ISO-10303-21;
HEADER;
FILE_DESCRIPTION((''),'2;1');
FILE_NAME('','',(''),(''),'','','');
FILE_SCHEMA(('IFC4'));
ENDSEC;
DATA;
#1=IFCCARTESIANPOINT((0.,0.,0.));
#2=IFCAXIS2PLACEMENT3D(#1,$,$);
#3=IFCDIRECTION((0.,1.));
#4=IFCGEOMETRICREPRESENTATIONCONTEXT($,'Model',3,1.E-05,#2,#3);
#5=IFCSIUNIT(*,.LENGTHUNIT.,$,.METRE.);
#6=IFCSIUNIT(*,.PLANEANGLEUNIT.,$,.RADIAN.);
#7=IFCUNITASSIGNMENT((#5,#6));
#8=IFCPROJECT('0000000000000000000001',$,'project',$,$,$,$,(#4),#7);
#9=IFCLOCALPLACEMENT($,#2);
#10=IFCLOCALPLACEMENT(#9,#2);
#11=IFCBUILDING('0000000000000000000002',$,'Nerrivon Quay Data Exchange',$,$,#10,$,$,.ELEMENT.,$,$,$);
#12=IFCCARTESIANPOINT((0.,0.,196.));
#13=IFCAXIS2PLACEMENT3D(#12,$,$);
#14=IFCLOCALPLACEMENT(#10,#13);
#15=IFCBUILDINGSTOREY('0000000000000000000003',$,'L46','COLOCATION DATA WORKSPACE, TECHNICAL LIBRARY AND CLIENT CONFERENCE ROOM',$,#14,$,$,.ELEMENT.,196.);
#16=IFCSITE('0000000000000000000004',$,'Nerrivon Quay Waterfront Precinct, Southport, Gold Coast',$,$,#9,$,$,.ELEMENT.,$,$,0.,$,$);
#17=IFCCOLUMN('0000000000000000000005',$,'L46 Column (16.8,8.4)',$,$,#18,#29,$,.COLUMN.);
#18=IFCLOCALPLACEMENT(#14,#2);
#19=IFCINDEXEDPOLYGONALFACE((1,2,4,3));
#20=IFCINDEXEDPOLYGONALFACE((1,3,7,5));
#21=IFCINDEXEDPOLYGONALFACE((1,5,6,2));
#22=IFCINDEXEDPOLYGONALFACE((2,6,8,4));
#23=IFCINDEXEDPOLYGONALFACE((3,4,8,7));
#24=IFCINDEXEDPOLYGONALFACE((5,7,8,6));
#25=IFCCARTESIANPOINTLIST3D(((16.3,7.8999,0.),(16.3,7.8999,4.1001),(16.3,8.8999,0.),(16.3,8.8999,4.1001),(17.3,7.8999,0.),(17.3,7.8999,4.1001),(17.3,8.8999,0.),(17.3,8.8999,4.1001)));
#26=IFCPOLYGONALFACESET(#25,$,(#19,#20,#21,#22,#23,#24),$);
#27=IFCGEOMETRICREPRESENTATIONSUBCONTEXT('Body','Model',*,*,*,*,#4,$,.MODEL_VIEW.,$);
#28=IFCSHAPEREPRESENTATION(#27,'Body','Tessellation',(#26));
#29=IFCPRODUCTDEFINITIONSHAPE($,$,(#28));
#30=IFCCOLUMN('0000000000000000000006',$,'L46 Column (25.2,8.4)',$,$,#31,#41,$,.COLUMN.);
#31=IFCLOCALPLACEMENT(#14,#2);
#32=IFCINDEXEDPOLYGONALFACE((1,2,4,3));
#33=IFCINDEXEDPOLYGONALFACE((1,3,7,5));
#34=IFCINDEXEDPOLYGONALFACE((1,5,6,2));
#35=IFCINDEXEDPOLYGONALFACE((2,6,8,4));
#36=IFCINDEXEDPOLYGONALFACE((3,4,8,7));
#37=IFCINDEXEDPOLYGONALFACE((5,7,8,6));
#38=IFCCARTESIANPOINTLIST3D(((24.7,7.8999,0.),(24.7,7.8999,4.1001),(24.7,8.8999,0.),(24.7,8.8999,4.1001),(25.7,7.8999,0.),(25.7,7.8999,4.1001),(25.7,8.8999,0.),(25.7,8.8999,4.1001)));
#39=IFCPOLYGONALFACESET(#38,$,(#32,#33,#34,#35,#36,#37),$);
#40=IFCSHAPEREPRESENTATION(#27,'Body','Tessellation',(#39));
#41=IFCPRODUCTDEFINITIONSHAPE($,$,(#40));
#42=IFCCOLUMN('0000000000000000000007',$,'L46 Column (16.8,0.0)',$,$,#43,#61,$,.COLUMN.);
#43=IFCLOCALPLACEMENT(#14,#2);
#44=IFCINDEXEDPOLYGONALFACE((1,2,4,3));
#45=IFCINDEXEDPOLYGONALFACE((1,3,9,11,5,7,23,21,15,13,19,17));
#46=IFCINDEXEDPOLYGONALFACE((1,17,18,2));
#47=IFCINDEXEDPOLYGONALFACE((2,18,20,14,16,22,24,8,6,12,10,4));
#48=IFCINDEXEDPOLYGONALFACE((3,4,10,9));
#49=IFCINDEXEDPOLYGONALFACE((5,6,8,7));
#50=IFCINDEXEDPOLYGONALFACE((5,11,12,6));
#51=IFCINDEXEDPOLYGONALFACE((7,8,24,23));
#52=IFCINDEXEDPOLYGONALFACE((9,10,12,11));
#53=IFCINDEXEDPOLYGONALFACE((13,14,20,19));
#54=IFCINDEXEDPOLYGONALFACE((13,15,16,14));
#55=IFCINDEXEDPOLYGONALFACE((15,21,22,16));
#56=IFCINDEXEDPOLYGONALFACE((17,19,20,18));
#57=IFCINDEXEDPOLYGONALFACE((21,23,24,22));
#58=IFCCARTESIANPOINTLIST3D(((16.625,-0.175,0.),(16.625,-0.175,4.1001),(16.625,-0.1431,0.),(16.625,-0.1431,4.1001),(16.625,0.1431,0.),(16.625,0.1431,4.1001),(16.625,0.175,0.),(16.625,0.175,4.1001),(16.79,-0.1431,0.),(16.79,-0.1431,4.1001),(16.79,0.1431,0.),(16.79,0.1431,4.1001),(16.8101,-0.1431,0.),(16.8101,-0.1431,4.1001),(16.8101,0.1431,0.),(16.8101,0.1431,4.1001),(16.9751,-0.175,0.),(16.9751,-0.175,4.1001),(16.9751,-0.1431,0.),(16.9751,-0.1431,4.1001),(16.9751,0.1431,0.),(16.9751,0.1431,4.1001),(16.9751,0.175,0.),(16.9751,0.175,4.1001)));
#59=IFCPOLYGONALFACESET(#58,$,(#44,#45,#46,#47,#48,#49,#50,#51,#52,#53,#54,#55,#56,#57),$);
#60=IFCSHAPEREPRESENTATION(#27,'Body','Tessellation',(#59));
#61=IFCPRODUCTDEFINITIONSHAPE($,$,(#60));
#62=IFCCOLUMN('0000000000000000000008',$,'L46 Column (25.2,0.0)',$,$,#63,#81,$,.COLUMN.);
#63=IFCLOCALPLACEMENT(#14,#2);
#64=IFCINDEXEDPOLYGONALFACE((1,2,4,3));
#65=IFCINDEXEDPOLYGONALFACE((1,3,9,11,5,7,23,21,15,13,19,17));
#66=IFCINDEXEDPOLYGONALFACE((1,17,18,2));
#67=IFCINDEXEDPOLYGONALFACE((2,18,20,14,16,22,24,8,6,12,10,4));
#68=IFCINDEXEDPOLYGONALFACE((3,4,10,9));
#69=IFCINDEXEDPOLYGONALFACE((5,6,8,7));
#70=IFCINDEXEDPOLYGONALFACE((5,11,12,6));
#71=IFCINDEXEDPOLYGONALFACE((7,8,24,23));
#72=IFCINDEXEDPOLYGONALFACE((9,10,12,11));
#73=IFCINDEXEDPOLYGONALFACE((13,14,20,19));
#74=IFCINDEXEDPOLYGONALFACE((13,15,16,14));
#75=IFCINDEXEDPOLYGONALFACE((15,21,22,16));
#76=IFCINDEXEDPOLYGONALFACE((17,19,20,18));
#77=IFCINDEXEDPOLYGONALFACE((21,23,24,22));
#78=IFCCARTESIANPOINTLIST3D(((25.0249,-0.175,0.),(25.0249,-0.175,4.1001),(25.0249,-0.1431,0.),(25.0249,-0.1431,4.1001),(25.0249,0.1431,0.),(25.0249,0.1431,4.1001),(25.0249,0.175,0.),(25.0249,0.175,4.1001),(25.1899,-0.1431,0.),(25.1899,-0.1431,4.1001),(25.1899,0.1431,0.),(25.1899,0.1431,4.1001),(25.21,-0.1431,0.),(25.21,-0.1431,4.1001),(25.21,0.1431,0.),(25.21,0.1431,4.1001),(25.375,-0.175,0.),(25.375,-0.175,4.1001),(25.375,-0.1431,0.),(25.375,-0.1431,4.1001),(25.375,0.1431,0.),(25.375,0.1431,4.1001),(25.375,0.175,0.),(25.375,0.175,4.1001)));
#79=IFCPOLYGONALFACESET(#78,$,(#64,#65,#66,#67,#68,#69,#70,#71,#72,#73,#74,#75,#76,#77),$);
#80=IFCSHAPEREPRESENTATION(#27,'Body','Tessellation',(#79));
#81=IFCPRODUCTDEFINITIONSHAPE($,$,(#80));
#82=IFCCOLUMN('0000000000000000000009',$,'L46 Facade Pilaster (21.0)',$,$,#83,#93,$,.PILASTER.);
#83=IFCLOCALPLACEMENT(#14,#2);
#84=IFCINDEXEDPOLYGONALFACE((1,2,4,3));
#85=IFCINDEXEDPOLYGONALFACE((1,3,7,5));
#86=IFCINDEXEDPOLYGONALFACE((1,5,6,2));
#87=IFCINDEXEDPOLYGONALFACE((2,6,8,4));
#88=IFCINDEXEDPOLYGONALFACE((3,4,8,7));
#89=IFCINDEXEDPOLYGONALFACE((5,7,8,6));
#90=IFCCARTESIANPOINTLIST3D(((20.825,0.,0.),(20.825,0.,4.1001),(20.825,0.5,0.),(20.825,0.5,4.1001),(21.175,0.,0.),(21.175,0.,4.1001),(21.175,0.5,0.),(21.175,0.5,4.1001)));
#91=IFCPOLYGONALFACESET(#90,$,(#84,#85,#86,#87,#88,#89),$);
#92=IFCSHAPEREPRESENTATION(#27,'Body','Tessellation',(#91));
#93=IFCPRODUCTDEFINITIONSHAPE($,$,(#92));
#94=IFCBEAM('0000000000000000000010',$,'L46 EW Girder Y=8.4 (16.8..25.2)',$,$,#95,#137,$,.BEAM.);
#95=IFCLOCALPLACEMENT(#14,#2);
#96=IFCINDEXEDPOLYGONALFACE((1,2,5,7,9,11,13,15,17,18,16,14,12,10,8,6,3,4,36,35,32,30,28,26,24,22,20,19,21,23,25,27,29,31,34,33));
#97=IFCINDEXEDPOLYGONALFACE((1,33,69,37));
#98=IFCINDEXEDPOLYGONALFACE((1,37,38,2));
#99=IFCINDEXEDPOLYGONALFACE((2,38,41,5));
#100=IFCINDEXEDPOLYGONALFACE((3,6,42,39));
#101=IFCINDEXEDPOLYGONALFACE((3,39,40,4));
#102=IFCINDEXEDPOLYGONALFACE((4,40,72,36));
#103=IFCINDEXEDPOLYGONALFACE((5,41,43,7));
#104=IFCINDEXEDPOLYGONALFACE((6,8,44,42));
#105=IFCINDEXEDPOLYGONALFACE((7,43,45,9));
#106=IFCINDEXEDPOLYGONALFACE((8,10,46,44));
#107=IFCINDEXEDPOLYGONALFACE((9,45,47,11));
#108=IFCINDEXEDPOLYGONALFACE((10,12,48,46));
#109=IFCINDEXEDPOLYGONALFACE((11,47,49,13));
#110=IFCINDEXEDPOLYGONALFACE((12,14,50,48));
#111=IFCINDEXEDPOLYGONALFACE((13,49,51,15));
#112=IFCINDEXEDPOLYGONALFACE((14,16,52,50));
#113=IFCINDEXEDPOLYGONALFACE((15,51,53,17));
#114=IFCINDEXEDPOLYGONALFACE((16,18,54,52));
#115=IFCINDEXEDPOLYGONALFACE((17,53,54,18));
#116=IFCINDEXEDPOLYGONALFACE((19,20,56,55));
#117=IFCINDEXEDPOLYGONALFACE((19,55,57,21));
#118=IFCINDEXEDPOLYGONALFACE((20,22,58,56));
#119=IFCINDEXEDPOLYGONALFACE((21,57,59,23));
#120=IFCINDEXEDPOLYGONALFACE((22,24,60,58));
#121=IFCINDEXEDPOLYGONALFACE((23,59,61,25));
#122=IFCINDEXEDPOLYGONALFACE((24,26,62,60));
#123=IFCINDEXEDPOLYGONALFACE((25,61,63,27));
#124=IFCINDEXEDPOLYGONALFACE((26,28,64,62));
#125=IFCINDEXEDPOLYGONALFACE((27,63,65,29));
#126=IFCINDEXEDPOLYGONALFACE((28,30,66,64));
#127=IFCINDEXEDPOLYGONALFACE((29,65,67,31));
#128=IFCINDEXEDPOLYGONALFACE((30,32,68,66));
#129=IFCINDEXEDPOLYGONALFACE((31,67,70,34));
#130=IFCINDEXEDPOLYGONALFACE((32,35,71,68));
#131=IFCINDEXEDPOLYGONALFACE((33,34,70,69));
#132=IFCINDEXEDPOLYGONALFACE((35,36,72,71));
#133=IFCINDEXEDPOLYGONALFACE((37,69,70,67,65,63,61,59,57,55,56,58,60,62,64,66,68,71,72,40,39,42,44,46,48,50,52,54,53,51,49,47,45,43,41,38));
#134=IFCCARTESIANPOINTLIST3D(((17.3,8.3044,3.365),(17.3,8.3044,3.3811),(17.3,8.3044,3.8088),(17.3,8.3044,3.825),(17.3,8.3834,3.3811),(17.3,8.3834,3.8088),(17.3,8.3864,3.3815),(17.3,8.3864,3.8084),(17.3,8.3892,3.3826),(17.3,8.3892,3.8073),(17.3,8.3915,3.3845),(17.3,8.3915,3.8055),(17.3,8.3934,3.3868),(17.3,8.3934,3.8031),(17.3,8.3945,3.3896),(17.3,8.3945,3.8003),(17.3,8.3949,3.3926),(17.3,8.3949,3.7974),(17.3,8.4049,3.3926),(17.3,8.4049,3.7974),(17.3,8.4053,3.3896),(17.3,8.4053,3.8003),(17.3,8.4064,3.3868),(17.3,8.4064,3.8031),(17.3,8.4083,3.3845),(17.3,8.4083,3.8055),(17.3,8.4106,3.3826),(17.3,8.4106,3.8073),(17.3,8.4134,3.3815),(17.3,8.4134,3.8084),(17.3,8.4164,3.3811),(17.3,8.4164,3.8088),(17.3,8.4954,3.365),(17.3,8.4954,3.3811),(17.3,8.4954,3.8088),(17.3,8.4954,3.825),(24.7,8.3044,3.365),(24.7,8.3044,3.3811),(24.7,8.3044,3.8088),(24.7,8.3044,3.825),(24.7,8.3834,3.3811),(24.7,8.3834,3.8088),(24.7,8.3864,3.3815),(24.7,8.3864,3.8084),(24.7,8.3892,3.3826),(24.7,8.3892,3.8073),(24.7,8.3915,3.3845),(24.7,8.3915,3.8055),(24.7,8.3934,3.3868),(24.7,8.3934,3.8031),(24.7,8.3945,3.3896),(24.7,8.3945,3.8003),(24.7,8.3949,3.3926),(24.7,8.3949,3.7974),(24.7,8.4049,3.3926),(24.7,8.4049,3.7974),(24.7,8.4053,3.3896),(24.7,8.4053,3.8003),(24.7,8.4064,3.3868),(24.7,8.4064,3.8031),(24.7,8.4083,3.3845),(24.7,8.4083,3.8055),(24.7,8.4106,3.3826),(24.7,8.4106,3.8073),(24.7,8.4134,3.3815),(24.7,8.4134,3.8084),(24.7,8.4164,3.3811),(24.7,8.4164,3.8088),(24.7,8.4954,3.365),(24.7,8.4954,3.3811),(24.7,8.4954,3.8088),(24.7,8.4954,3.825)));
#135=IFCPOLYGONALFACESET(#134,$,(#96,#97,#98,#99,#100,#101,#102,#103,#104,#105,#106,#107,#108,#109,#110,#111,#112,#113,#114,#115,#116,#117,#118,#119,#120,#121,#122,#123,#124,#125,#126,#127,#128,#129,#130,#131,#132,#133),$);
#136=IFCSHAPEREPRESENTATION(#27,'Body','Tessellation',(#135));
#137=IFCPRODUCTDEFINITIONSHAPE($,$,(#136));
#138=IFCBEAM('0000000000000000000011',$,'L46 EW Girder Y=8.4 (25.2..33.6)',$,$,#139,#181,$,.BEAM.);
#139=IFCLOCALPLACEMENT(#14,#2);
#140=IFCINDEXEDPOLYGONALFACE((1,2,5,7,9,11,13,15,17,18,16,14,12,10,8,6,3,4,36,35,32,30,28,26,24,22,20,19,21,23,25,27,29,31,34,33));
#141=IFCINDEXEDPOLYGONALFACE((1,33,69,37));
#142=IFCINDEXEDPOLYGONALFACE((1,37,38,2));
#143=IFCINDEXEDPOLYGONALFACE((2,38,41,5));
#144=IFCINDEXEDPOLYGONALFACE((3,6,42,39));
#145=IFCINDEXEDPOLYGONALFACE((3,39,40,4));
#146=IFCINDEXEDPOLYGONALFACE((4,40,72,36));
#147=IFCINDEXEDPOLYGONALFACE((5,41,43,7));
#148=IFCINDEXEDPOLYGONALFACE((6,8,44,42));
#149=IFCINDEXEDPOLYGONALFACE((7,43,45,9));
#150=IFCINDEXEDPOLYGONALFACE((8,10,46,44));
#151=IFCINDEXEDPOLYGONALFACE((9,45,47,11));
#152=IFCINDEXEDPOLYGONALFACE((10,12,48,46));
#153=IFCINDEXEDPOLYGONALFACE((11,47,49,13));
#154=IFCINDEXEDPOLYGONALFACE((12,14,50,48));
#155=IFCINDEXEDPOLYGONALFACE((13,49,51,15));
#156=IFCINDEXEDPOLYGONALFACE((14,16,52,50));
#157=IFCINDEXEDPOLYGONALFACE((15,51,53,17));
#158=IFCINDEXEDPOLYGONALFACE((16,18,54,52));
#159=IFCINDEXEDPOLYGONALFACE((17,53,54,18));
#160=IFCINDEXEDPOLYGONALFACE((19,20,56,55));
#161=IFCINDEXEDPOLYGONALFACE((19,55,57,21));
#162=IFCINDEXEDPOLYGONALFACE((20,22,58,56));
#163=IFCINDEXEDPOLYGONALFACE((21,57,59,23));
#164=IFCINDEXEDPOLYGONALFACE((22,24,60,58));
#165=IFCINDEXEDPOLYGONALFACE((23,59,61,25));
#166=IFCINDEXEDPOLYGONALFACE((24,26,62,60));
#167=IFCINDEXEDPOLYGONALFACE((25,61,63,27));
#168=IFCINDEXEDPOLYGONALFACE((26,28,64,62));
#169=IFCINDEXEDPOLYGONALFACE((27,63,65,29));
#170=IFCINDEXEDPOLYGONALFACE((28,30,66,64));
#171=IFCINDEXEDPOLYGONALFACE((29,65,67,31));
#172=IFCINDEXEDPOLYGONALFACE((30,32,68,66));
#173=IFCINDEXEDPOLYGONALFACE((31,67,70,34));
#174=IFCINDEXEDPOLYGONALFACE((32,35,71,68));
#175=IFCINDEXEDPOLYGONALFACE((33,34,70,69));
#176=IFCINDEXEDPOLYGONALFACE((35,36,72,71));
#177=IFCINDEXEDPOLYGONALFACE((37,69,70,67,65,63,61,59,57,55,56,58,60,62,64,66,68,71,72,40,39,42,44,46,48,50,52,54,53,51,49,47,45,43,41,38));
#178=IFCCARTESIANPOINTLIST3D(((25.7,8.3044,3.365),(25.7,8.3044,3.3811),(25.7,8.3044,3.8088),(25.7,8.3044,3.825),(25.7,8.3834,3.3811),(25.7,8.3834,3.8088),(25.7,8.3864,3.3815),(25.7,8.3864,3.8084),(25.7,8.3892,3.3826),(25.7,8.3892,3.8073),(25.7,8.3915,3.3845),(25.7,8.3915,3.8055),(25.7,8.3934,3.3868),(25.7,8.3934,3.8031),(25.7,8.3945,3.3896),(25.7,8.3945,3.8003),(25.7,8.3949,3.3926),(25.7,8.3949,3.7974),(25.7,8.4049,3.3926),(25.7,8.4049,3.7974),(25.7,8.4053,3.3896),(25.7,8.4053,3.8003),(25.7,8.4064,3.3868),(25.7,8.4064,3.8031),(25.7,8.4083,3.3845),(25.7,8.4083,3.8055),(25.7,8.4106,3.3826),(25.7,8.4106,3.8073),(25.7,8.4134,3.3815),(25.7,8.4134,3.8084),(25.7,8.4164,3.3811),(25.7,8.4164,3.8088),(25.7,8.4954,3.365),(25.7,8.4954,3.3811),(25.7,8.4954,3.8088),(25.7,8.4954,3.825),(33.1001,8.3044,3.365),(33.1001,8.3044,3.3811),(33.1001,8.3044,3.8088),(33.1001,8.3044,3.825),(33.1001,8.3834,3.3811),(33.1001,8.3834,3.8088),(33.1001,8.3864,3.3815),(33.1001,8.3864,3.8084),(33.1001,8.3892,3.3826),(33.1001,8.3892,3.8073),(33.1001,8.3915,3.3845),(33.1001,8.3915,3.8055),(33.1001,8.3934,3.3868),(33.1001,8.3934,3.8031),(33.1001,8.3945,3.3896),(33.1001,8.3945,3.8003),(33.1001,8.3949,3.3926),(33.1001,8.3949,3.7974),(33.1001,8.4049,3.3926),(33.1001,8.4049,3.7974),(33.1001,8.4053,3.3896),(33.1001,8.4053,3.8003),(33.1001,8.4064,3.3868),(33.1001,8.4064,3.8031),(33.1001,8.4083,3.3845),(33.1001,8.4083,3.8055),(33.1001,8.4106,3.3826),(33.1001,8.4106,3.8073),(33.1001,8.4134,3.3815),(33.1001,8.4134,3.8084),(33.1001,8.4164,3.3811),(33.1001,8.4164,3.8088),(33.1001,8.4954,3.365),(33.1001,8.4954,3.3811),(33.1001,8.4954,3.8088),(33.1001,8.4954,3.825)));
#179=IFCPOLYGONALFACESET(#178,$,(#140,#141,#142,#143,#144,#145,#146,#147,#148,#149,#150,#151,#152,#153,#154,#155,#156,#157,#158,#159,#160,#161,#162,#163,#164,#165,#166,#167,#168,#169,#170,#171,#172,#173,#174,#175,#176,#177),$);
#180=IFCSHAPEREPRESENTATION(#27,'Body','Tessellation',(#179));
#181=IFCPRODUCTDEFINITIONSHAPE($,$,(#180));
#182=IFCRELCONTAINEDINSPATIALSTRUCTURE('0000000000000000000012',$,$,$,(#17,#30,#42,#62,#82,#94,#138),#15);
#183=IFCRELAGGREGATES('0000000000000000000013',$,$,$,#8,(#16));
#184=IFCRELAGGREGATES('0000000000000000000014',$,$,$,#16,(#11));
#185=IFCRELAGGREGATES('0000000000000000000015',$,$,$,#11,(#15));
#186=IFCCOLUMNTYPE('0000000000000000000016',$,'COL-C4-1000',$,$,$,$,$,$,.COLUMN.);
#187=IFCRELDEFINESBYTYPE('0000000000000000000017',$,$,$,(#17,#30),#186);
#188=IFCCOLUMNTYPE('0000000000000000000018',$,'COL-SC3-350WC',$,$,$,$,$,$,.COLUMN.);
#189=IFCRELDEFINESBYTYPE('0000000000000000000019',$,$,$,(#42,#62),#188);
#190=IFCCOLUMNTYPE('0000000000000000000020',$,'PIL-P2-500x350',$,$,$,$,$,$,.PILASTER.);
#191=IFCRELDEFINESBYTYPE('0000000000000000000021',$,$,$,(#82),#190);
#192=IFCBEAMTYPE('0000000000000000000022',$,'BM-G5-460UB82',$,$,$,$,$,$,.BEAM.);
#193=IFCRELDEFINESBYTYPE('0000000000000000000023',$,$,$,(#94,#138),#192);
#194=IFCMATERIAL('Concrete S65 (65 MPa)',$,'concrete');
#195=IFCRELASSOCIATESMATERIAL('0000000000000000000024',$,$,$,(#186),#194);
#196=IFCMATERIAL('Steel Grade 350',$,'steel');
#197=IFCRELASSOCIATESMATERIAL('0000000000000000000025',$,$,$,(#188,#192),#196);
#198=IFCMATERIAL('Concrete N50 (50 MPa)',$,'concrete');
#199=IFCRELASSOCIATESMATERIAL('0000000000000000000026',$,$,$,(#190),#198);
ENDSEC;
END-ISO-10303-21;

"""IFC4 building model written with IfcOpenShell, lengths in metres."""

from ifc_helpers import new_model, si_unit, direction, frame, origin, origin_2d, place, context, subcontext, project, spatial, rectangle, i_section, extrude, material, material_profile, profile_set, type_object, element, save


model = new_model("IFC4")

# Units and contexts
model_context = context("Model", 3, precision=1e-05, world=origin(), true_north=direction((0.0, 1.0)))
body_context = subcontext(model_context, "Body", "Model", "MODEL_VIEW")
ifc_project = project(units=[si_unit("LENGTHUNIT", "METRE"), si_unit("PLANEANGLEUNIT", "RADIAN")], contexts=[model_context])

# Site, building, storey
site_placement = place(None, origin())
site = spatial("IfcSite", under=ifc_project, at=site_placement, Name="Nerrivon Quay Waterfront Precinct, Southport, Gold Coast", CompositionType="ELEMENT", RefElevation=0.0)
building_placement = place(site_placement, origin())
building = spatial("IfcBuilding", under=site, at=building_placement, Name="Nerrivon Quay Data Exchange", CompositionType="ELEMENT")
storey_placement = place(building_placement, frame((0.0, 0.0, 196.0)))
storey = spatial("IfcBuildingStorey", under=building, at=storey_placement, Name="L46", Description="COLOCATION DATA WORKSPACE, TECHNICAL LIBRARY AND CLIENT CONFERENCE ROOM", CompositionType="ELEMENT", Elevation=196.0)

# Columns
ifc_material_1 = material(Name="Concrete S65 (65 MPa)", Category="concrete")
ifc_material_profile_1 = material_profile(ifc_material_1, rectangle(XDim=1.0, YDim=1.0, at=origin_2d()), Name="RC-COL-1000x1000")
ifc_profile_set_1 = profile_set([ifc_material_profile_1], Name="Concrete S65 (65 MPa)")
column_type_1 = type_object("IfcColumnType", Name="COL-C4-1000", PredefinedType="COLUMN", material=ifc_profile_set_1)
for number, where, z_axis, x_axis, name in (
    (1, (16.8, 8.3999, 0.0), (0.0, 0.0, 1.0), (1.0, 0.0, 0.0), "L46 Column (16.8,8.4)"),
    (2, (25.2, 8.3999, 0.0), (0.0, 0.0, 1.0), (1.0, 0.0, 0.0), "L46 Column (25.2,8.4)"),
):
    element("IfcColumn", number, at=place(storey_placement, frame(where, z_axis=z_axis, x_axis=x_axis)), inside=storey, type_object=column_type_1, Name=name, PredefinedType="COLUMN", context=body_context, shape_type="SweptSolid", body=[
        extrude(rectangle(XDim=1.0, YDim=1.0, at=origin_2d()), origin(), (0.0, 0.0, 1.0), 4.1001),
    ])
ifc_material_2 = material(Name="Steel Grade 350", Category="steel")
ifc_material_profile_2 = material_profile(ifc_material_2, i_section(OverallWidth=0.3501, OverallDepth=0.3501, WebThickness=0.02, FlangeThickness=0.032, at=origin_2d()), Name="350WC230")
ifc_profile_set_2 = profile_set([ifc_material_profile_2], Name="Steel Grade 350")
column_type_2 = type_object("IfcColumnType", Name="COL-SC3-350WC", PredefinedType="COLUMN", material=ifc_profile_set_2)
for number, where, z_axis, x_axis, name in (
    (3, (16.8, 0.0, 0.0), (0.0, 0.0, 1.0), (1.0, 0.0, 0.0), "L46 Column (16.8,0.0)"),
    (4, (25.2, 0.0, 0.0), (0.0, 0.0, 1.0), (1.0, 0.0, 0.0), "L46 Column (25.2,0.0)"),
):
    element("IfcColumn", number, at=place(storey_placement, frame(where, z_axis=z_axis, x_axis=x_axis)), inside=storey, type_object=column_type_2, Name=name, PredefinedType="COLUMN", context=body_context, shape_type="SweptSolid", body=[
        extrude(i_section(OverallWidth=0.3501, OverallDepth=0.3501, WebThickness=0.02, FlangeThickness=0.032, at=origin_2d()), origin(), (0.0, 0.0, 1.0), 4.1001),
    ])
ifc_material_3 = material(Name="Concrete N50 (50 MPa)", Category="concrete")
ifc_material_profile_3 = material_profile(ifc_material_3, rectangle(XDim=0.3501, YDim=0.5, at=origin_2d()), Name="RC-PIL-500x350")
ifc_profile_set_3 = profile_set([ifc_material_profile_3], Name="Concrete N50 (50 MPa)")
column_type_3 = type_object("IfcColumnType", Name="PIL-P2-500x350", PredefinedType="PILASTER", material=ifc_profile_set_3)
column_placement = place(storey_placement, frame((21.0, 0.25, 0.0), z_axis=(0.0, 0.0, 1.0), x_axis=(1.0, 0.0, 0.0)))
element("IfcColumn", 5, at=column_placement, inside=storey, type_object=column_type_3, Name="L46 Facade Pilaster (21.0)", PredefinedType="PILASTER", context=body_context, shape_type="SweptSolid", body=[
    extrude(rectangle(XDim=0.3501, YDim=0.5, at=origin_2d()), origin(), (0.0, 0.0, 1.0), 4.1001),
])

# Beams
ifc_material_profile_4 = material_profile(ifc_material_2, i_section(OverallWidth=0.1909, OverallDepth=0.46, WebThickness=0.01, FlangeThickness=0.0161, FilletRadius=0.0115, at=origin_2d()), Name="460UB82.1")
ifc_profile_set_4 = profile_set([ifc_material_profile_4], Name="Steel Grade 350")
beam_type_1 = type_object("IfcBeamType", Name="BM-G5-460UB82", PredefinedType="BEAM", material=ifc_profile_set_4)
beam_1_placement = place(storey_placement, frame((17.3, 8.3999, 3.595), z_axis=(1.0, 0.0, 0.0), x_axis=(0.0, 1.0, 0.0)))
element("IfcBeam", 6, at=beam_1_placement, inside=storey, type_object=beam_type_1, Name="L46 EW Girder Y=8.4 (16.8..25.2)", PredefinedType="BEAM", context=body_context, shape_type="SweptSolid", body=[
    extrude(i_section(OverallWidth=0.1909, OverallDepth=0.46, WebThickness=0.01, FlangeThickness=0.0161, FilletRadius=0.0115, at=origin_2d()), origin(), (0.0, 0.0, 1.0), 7.3999),
])
beam_2_placement = place(storey_placement, frame((25.7, 8.3999, 3.595), z_axis=(1.0, 0.0, 0.0), x_axis=(0.0, 1.0, 0.0)))
element("IfcBeam", 7, at=beam_2_placement, inside=storey, type_object=beam_type_1, Name="L46 EW Girder Y=8.4 (25.2..33.6)", PredefinedType="BEAM", context=body_context, shape_type="SweptSolid", body=[
    extrude(i_section(OverallWidth=0.1909, OverallDepth=0.46, WebThickness=0.01, FlangeThickness=0.0161, FilletRadius=0.0115, at=origin_2d()), origin(), (0.0, 0.0, 1.0), 7.4001),
])

save(model, "model.ifc")
